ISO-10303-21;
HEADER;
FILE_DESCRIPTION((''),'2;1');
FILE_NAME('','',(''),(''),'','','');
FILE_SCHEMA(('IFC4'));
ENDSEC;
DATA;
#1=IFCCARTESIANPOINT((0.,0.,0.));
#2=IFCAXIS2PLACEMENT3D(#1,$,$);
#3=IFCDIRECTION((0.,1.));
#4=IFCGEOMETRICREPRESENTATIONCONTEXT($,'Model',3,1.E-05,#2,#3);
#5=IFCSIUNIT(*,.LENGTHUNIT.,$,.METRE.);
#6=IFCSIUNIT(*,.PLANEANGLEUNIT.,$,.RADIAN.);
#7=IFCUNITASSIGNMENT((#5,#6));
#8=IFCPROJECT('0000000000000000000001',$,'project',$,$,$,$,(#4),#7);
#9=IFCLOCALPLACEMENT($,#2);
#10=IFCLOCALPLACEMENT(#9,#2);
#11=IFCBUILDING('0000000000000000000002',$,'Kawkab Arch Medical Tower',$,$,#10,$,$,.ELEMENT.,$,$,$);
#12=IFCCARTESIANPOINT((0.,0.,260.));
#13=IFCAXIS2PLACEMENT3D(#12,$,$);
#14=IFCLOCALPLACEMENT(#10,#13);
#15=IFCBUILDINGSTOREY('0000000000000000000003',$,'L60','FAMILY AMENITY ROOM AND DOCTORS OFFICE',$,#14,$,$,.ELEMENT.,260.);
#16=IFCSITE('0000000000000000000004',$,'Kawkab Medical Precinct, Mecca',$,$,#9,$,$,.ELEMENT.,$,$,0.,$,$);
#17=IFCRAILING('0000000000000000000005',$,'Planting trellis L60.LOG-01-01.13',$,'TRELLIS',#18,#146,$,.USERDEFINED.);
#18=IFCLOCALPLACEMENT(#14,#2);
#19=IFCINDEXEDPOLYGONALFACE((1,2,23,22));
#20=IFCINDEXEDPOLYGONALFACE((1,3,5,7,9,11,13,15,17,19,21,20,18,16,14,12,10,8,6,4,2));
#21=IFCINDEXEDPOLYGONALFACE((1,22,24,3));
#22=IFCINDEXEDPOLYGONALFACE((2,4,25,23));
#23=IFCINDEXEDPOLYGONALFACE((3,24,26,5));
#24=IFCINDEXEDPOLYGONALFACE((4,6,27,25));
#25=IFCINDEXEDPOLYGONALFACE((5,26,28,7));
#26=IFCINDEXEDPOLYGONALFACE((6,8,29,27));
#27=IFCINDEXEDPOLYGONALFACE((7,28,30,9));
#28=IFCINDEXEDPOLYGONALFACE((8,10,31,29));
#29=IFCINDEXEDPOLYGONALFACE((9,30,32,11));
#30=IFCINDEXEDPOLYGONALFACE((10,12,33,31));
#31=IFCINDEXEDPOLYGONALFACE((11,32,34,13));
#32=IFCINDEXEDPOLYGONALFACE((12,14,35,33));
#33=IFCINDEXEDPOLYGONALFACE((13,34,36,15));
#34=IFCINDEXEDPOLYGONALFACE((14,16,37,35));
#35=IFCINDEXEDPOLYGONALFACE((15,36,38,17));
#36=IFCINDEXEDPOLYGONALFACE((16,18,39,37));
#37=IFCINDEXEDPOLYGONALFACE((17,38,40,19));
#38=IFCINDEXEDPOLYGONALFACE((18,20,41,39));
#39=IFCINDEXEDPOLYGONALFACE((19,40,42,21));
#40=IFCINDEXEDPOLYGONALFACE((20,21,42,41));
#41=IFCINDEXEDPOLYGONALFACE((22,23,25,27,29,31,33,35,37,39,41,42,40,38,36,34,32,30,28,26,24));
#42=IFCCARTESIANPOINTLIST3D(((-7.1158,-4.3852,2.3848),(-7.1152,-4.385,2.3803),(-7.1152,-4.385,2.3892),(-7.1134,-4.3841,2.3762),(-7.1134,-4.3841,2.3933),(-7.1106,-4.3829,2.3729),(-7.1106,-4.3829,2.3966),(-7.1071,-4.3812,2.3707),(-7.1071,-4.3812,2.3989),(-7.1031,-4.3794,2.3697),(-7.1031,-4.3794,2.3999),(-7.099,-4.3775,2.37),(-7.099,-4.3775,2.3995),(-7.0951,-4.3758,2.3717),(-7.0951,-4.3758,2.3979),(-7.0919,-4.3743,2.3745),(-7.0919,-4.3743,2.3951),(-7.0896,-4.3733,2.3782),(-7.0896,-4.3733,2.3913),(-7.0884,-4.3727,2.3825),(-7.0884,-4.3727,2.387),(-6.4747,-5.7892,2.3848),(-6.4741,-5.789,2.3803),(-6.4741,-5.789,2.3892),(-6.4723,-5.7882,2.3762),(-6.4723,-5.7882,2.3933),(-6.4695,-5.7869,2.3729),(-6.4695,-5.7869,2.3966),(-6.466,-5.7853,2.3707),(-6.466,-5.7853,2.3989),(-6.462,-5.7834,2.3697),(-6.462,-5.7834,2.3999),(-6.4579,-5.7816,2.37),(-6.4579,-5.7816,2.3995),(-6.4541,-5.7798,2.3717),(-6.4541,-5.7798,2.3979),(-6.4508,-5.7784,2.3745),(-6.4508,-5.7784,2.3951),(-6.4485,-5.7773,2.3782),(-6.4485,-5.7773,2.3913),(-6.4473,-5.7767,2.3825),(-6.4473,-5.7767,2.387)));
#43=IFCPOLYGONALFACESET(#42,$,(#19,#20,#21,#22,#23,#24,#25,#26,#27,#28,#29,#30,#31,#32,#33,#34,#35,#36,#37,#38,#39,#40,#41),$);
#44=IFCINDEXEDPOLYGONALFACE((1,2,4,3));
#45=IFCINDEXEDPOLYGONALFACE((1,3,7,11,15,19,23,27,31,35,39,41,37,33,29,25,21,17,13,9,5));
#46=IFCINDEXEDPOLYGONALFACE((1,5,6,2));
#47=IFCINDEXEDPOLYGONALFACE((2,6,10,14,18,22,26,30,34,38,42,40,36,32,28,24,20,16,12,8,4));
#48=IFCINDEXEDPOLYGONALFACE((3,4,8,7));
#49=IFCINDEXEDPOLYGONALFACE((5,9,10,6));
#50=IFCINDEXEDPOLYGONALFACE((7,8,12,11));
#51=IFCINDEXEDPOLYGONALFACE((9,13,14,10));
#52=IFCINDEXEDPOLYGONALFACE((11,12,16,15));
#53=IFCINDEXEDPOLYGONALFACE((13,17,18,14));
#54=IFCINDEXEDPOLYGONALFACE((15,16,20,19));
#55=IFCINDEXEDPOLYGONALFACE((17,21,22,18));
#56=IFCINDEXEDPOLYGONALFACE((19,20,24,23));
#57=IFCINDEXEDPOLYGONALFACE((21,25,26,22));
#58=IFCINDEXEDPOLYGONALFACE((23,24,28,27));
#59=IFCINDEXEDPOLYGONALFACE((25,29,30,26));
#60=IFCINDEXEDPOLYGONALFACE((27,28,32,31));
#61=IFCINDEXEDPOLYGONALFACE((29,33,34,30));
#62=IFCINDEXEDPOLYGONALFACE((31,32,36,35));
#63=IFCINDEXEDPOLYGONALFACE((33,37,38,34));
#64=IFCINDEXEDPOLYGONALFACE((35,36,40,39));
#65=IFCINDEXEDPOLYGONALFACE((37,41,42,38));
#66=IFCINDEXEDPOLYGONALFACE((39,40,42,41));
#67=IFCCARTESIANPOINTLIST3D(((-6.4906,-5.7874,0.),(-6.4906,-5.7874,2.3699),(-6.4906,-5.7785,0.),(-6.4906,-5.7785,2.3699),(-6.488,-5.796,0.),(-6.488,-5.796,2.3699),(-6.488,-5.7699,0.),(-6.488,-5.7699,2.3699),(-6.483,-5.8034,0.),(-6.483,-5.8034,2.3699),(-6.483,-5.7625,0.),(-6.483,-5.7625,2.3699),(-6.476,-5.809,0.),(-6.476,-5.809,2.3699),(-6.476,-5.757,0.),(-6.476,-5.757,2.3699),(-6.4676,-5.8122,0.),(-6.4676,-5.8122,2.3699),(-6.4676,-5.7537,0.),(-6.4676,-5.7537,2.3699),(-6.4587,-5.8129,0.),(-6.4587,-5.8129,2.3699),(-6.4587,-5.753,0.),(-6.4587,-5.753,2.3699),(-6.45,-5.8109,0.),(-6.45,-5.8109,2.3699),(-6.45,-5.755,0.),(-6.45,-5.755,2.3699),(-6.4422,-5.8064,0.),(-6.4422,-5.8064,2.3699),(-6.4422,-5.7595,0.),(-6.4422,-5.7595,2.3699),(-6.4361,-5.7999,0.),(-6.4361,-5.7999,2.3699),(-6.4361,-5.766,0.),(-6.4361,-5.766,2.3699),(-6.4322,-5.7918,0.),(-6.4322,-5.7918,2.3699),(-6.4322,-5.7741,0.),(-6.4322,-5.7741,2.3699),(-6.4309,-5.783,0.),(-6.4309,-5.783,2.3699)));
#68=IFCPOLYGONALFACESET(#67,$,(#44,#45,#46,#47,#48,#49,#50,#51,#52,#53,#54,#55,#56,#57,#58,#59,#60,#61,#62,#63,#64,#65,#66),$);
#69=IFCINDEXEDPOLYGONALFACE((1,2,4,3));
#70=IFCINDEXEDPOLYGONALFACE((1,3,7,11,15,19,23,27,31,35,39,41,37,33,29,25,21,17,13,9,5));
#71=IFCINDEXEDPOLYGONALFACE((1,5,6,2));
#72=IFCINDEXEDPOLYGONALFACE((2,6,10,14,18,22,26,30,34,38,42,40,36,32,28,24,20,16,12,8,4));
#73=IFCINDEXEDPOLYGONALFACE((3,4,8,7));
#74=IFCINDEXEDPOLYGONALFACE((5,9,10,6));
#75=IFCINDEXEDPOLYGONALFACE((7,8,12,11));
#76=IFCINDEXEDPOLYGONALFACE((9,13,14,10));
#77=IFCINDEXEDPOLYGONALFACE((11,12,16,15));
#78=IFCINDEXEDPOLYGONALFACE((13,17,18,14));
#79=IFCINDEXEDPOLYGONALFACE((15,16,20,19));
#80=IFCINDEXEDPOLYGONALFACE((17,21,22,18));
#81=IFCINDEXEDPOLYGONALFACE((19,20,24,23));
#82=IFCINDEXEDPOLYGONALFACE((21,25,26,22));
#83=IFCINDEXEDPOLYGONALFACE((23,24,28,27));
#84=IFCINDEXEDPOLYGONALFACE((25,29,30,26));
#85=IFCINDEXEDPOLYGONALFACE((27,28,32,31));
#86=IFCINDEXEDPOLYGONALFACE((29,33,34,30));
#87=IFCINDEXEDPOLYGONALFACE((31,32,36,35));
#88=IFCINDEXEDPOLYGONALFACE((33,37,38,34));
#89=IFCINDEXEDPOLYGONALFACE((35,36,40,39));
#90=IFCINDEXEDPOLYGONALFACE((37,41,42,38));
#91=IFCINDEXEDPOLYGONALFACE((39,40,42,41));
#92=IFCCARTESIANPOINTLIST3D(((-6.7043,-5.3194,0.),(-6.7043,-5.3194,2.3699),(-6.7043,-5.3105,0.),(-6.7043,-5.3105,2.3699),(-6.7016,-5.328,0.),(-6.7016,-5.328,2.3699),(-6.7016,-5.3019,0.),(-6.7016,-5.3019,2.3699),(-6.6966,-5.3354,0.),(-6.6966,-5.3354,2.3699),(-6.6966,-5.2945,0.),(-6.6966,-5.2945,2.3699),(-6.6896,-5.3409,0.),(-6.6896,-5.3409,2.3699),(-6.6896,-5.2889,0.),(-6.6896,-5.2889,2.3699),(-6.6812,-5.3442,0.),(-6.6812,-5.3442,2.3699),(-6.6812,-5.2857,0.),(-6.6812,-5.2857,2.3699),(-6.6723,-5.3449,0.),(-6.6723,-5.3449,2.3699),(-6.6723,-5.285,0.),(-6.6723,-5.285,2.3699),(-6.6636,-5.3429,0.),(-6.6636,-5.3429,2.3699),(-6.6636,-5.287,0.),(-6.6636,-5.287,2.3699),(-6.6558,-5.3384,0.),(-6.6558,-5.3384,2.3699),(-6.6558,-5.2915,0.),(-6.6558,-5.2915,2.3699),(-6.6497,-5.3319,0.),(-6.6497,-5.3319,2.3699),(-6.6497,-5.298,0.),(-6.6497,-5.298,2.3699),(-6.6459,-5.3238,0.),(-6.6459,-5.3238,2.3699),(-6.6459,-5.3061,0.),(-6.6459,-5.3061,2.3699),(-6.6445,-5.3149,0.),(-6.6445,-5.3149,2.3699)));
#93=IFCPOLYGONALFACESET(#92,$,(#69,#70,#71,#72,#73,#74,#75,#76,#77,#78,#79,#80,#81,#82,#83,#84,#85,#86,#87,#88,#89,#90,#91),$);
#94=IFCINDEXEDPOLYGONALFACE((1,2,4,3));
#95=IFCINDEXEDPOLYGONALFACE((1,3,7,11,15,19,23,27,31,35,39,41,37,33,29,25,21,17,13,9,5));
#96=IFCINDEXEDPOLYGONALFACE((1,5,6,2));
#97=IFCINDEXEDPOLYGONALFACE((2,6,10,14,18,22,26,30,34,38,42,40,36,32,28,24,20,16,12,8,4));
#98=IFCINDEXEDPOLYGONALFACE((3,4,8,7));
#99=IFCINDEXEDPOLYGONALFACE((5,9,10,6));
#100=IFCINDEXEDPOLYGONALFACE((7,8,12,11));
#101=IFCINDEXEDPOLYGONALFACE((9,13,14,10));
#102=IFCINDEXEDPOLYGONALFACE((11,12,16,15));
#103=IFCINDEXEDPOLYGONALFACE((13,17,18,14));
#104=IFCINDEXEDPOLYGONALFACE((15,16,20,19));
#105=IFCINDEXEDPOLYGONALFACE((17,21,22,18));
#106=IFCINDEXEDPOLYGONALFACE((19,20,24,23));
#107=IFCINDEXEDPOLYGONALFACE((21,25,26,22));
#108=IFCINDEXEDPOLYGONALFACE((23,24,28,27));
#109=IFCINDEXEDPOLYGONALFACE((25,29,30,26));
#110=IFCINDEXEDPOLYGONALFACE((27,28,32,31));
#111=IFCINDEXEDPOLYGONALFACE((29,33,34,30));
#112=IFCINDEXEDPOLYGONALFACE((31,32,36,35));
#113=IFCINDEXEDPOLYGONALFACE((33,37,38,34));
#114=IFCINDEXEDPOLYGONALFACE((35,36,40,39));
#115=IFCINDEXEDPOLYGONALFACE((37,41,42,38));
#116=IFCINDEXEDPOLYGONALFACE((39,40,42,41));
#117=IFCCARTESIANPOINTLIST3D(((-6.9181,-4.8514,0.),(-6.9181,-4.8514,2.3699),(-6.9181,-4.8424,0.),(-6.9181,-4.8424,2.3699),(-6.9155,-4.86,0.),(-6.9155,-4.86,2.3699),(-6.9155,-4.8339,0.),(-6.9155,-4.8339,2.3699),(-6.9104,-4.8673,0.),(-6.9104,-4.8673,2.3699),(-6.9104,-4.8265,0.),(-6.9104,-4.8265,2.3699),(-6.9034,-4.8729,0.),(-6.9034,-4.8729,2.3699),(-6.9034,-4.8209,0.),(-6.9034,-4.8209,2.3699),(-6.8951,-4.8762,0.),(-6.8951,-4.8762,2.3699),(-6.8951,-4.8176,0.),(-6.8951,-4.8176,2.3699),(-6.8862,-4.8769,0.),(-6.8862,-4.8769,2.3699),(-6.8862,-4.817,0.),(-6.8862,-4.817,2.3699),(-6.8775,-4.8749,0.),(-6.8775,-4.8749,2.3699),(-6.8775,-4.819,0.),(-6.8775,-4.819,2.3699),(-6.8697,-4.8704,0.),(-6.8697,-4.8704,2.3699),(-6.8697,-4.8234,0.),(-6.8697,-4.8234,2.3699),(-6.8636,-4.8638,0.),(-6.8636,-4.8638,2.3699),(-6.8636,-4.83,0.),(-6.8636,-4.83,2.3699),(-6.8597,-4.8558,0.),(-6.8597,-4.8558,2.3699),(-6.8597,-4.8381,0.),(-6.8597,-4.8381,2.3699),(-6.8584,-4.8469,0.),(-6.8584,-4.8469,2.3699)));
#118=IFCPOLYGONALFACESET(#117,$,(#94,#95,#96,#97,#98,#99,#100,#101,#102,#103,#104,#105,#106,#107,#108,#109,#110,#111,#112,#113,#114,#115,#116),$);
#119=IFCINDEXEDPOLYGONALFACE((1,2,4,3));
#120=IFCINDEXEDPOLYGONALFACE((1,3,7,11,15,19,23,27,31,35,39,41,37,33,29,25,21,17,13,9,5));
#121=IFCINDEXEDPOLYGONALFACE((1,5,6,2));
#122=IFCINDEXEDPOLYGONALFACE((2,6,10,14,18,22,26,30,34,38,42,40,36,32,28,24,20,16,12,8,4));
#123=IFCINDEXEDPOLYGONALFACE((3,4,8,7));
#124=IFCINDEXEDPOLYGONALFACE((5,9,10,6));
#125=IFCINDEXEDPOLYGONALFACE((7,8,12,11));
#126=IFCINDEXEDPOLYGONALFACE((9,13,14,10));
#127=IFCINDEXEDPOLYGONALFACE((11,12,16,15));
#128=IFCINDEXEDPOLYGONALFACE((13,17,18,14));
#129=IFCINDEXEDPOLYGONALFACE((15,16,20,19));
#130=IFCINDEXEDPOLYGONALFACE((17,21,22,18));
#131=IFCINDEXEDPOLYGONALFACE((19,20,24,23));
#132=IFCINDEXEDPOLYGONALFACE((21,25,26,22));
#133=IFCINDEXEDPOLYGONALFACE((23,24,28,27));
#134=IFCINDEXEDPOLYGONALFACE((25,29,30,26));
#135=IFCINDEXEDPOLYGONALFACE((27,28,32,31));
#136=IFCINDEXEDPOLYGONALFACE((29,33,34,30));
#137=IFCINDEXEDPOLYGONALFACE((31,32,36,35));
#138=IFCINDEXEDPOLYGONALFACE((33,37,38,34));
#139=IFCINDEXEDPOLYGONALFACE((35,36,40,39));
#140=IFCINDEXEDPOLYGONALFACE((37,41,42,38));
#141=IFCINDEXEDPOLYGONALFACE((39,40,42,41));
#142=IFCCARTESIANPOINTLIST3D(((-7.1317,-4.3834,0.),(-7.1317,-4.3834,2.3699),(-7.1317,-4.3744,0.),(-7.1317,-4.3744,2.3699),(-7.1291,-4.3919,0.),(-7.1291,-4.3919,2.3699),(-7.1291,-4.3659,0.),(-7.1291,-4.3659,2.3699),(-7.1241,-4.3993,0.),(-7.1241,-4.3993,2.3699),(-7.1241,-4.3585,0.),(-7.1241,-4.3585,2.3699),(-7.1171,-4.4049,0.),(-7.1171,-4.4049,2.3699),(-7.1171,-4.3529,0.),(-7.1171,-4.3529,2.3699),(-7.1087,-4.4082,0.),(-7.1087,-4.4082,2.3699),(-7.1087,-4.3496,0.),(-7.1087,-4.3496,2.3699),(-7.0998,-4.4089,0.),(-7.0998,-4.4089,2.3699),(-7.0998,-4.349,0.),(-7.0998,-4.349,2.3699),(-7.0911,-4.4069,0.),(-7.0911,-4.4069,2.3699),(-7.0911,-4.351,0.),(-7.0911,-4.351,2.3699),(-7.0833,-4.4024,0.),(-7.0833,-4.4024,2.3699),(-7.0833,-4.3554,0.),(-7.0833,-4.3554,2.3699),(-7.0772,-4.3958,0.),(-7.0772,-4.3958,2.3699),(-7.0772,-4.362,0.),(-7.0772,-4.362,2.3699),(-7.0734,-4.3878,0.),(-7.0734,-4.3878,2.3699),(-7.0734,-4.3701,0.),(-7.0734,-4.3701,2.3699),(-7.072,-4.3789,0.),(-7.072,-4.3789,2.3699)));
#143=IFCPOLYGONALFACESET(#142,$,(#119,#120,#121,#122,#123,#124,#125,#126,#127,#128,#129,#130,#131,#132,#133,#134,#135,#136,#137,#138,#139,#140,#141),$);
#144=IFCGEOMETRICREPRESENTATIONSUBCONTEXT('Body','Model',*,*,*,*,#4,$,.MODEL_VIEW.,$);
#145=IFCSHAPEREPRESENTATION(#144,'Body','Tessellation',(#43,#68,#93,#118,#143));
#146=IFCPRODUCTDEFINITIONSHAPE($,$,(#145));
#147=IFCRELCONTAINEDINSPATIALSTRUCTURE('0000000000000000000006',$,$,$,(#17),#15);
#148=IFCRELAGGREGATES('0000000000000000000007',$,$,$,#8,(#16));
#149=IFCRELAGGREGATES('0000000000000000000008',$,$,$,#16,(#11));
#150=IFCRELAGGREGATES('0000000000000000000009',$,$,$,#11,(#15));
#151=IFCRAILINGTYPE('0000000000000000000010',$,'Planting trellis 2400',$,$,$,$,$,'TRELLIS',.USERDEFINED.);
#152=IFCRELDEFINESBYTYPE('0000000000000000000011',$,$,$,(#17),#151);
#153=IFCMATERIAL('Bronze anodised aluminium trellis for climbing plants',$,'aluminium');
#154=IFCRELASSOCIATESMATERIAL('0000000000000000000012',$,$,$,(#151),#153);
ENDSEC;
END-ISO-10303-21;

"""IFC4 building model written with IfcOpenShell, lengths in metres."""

from ifc_helpers import new_model, si_unit, direction, frame, origin, origin_2d, place, context, subcontext, project, spatial, circle, extrude, material, type_object, element, save


model = new_model("IFC4")

# Units and contexts
model_context = context("Model", 3, precision=1e-05, world=origin(), true_north=direction((0.0, 1.0)))
body_context = subcontext(model_context, "Body", "Model", "MODEL_VIEW")
ifc_project = project(units=[si_unit("LENGTHUNIT", "METRE"), si_unit("PLANEANGLEUNIT", "RADIAN")], contexts=[model_context])

# Site, building, storey
site_placement = place(None, origin())
site = spatial("IfcSite", under=ifc_project, at=site_placement, Name="Kawkab Medical Precinct, Mecca", CompositionType="ELEMENT", RefElevation=0.0)
building_placement = place(site_placement, origin())
building = spatial("IfcBuilding", under=site, at=building_placement, Name="Kawkab Arch Medical Tower", CompositionType="ELEMENT")
storey_placement = place(building_placement, frame((0.0, 0.0, 260.0)))
storey = spatial("IfcBuildingStorey", under=building, at=storey_placement, Name="L60", Description="FAMILY AMENITY ROOM AND DOCTORS OFFICE", CompositionType="ELEMENT", Elevation=260.0)

# Railing
ifc_material_1 = material(Name="Bronze anodised aluminium trellis for climbing plants", Category="aluminium")
railing_type_1 = type_object("IfcRailingType", Name="Planting trellis 2400", ElementType="TRELLIS", PredefinedType="USERDEFINED", material=ifc_material_1)
railing_1_placement = place(storey_placement, frame((-6.4609, -5.783, 0.0)))
element("IfcRailing", 1, at=railing_1_placement, inside=storey, type_object=railing_type_1, Name="Planting trellis L60.LOG-01-01.13", ObjectType="TRELLIS", PredefinedType="USERDEFINED", context=body_context, shape_type="SweptSolid", body=[
    extrude(circle(Radius=0.0151, at=origin_2d()), frame((0.0, 0.0, 2.3848), z_axis=(-0.415363, 0.909656, 0.0), x_axis=(-0.909656, -0.415363, 0.0)), (0.0, 0.0, 1.0), 1.5435),
    extrude(circle(Radius=0.03, at=origin_2d()), origin(), (0.0, 0.0, 1.0), 2.3699),
    extrude(circle(Radius=0.03, at=origin_2d()), frame((-0.2136, 0.468, 0.0)), (0.0, 0.0, 1.0), 2.3699),
    extrude(circle(Radius=0.03, at=origin_2d()), frame((-0.4275, 0.936, 0.0)), (0.0, 0.0, 1.0), 2.3699),
    extrude(circle(Radius=0.03, at=origin_2d()), frame((-0.6411, 1.4041, 0.0)), (0.0, 0.0, 1.0), 2.3699),
])

save(model, "model.ifc")
